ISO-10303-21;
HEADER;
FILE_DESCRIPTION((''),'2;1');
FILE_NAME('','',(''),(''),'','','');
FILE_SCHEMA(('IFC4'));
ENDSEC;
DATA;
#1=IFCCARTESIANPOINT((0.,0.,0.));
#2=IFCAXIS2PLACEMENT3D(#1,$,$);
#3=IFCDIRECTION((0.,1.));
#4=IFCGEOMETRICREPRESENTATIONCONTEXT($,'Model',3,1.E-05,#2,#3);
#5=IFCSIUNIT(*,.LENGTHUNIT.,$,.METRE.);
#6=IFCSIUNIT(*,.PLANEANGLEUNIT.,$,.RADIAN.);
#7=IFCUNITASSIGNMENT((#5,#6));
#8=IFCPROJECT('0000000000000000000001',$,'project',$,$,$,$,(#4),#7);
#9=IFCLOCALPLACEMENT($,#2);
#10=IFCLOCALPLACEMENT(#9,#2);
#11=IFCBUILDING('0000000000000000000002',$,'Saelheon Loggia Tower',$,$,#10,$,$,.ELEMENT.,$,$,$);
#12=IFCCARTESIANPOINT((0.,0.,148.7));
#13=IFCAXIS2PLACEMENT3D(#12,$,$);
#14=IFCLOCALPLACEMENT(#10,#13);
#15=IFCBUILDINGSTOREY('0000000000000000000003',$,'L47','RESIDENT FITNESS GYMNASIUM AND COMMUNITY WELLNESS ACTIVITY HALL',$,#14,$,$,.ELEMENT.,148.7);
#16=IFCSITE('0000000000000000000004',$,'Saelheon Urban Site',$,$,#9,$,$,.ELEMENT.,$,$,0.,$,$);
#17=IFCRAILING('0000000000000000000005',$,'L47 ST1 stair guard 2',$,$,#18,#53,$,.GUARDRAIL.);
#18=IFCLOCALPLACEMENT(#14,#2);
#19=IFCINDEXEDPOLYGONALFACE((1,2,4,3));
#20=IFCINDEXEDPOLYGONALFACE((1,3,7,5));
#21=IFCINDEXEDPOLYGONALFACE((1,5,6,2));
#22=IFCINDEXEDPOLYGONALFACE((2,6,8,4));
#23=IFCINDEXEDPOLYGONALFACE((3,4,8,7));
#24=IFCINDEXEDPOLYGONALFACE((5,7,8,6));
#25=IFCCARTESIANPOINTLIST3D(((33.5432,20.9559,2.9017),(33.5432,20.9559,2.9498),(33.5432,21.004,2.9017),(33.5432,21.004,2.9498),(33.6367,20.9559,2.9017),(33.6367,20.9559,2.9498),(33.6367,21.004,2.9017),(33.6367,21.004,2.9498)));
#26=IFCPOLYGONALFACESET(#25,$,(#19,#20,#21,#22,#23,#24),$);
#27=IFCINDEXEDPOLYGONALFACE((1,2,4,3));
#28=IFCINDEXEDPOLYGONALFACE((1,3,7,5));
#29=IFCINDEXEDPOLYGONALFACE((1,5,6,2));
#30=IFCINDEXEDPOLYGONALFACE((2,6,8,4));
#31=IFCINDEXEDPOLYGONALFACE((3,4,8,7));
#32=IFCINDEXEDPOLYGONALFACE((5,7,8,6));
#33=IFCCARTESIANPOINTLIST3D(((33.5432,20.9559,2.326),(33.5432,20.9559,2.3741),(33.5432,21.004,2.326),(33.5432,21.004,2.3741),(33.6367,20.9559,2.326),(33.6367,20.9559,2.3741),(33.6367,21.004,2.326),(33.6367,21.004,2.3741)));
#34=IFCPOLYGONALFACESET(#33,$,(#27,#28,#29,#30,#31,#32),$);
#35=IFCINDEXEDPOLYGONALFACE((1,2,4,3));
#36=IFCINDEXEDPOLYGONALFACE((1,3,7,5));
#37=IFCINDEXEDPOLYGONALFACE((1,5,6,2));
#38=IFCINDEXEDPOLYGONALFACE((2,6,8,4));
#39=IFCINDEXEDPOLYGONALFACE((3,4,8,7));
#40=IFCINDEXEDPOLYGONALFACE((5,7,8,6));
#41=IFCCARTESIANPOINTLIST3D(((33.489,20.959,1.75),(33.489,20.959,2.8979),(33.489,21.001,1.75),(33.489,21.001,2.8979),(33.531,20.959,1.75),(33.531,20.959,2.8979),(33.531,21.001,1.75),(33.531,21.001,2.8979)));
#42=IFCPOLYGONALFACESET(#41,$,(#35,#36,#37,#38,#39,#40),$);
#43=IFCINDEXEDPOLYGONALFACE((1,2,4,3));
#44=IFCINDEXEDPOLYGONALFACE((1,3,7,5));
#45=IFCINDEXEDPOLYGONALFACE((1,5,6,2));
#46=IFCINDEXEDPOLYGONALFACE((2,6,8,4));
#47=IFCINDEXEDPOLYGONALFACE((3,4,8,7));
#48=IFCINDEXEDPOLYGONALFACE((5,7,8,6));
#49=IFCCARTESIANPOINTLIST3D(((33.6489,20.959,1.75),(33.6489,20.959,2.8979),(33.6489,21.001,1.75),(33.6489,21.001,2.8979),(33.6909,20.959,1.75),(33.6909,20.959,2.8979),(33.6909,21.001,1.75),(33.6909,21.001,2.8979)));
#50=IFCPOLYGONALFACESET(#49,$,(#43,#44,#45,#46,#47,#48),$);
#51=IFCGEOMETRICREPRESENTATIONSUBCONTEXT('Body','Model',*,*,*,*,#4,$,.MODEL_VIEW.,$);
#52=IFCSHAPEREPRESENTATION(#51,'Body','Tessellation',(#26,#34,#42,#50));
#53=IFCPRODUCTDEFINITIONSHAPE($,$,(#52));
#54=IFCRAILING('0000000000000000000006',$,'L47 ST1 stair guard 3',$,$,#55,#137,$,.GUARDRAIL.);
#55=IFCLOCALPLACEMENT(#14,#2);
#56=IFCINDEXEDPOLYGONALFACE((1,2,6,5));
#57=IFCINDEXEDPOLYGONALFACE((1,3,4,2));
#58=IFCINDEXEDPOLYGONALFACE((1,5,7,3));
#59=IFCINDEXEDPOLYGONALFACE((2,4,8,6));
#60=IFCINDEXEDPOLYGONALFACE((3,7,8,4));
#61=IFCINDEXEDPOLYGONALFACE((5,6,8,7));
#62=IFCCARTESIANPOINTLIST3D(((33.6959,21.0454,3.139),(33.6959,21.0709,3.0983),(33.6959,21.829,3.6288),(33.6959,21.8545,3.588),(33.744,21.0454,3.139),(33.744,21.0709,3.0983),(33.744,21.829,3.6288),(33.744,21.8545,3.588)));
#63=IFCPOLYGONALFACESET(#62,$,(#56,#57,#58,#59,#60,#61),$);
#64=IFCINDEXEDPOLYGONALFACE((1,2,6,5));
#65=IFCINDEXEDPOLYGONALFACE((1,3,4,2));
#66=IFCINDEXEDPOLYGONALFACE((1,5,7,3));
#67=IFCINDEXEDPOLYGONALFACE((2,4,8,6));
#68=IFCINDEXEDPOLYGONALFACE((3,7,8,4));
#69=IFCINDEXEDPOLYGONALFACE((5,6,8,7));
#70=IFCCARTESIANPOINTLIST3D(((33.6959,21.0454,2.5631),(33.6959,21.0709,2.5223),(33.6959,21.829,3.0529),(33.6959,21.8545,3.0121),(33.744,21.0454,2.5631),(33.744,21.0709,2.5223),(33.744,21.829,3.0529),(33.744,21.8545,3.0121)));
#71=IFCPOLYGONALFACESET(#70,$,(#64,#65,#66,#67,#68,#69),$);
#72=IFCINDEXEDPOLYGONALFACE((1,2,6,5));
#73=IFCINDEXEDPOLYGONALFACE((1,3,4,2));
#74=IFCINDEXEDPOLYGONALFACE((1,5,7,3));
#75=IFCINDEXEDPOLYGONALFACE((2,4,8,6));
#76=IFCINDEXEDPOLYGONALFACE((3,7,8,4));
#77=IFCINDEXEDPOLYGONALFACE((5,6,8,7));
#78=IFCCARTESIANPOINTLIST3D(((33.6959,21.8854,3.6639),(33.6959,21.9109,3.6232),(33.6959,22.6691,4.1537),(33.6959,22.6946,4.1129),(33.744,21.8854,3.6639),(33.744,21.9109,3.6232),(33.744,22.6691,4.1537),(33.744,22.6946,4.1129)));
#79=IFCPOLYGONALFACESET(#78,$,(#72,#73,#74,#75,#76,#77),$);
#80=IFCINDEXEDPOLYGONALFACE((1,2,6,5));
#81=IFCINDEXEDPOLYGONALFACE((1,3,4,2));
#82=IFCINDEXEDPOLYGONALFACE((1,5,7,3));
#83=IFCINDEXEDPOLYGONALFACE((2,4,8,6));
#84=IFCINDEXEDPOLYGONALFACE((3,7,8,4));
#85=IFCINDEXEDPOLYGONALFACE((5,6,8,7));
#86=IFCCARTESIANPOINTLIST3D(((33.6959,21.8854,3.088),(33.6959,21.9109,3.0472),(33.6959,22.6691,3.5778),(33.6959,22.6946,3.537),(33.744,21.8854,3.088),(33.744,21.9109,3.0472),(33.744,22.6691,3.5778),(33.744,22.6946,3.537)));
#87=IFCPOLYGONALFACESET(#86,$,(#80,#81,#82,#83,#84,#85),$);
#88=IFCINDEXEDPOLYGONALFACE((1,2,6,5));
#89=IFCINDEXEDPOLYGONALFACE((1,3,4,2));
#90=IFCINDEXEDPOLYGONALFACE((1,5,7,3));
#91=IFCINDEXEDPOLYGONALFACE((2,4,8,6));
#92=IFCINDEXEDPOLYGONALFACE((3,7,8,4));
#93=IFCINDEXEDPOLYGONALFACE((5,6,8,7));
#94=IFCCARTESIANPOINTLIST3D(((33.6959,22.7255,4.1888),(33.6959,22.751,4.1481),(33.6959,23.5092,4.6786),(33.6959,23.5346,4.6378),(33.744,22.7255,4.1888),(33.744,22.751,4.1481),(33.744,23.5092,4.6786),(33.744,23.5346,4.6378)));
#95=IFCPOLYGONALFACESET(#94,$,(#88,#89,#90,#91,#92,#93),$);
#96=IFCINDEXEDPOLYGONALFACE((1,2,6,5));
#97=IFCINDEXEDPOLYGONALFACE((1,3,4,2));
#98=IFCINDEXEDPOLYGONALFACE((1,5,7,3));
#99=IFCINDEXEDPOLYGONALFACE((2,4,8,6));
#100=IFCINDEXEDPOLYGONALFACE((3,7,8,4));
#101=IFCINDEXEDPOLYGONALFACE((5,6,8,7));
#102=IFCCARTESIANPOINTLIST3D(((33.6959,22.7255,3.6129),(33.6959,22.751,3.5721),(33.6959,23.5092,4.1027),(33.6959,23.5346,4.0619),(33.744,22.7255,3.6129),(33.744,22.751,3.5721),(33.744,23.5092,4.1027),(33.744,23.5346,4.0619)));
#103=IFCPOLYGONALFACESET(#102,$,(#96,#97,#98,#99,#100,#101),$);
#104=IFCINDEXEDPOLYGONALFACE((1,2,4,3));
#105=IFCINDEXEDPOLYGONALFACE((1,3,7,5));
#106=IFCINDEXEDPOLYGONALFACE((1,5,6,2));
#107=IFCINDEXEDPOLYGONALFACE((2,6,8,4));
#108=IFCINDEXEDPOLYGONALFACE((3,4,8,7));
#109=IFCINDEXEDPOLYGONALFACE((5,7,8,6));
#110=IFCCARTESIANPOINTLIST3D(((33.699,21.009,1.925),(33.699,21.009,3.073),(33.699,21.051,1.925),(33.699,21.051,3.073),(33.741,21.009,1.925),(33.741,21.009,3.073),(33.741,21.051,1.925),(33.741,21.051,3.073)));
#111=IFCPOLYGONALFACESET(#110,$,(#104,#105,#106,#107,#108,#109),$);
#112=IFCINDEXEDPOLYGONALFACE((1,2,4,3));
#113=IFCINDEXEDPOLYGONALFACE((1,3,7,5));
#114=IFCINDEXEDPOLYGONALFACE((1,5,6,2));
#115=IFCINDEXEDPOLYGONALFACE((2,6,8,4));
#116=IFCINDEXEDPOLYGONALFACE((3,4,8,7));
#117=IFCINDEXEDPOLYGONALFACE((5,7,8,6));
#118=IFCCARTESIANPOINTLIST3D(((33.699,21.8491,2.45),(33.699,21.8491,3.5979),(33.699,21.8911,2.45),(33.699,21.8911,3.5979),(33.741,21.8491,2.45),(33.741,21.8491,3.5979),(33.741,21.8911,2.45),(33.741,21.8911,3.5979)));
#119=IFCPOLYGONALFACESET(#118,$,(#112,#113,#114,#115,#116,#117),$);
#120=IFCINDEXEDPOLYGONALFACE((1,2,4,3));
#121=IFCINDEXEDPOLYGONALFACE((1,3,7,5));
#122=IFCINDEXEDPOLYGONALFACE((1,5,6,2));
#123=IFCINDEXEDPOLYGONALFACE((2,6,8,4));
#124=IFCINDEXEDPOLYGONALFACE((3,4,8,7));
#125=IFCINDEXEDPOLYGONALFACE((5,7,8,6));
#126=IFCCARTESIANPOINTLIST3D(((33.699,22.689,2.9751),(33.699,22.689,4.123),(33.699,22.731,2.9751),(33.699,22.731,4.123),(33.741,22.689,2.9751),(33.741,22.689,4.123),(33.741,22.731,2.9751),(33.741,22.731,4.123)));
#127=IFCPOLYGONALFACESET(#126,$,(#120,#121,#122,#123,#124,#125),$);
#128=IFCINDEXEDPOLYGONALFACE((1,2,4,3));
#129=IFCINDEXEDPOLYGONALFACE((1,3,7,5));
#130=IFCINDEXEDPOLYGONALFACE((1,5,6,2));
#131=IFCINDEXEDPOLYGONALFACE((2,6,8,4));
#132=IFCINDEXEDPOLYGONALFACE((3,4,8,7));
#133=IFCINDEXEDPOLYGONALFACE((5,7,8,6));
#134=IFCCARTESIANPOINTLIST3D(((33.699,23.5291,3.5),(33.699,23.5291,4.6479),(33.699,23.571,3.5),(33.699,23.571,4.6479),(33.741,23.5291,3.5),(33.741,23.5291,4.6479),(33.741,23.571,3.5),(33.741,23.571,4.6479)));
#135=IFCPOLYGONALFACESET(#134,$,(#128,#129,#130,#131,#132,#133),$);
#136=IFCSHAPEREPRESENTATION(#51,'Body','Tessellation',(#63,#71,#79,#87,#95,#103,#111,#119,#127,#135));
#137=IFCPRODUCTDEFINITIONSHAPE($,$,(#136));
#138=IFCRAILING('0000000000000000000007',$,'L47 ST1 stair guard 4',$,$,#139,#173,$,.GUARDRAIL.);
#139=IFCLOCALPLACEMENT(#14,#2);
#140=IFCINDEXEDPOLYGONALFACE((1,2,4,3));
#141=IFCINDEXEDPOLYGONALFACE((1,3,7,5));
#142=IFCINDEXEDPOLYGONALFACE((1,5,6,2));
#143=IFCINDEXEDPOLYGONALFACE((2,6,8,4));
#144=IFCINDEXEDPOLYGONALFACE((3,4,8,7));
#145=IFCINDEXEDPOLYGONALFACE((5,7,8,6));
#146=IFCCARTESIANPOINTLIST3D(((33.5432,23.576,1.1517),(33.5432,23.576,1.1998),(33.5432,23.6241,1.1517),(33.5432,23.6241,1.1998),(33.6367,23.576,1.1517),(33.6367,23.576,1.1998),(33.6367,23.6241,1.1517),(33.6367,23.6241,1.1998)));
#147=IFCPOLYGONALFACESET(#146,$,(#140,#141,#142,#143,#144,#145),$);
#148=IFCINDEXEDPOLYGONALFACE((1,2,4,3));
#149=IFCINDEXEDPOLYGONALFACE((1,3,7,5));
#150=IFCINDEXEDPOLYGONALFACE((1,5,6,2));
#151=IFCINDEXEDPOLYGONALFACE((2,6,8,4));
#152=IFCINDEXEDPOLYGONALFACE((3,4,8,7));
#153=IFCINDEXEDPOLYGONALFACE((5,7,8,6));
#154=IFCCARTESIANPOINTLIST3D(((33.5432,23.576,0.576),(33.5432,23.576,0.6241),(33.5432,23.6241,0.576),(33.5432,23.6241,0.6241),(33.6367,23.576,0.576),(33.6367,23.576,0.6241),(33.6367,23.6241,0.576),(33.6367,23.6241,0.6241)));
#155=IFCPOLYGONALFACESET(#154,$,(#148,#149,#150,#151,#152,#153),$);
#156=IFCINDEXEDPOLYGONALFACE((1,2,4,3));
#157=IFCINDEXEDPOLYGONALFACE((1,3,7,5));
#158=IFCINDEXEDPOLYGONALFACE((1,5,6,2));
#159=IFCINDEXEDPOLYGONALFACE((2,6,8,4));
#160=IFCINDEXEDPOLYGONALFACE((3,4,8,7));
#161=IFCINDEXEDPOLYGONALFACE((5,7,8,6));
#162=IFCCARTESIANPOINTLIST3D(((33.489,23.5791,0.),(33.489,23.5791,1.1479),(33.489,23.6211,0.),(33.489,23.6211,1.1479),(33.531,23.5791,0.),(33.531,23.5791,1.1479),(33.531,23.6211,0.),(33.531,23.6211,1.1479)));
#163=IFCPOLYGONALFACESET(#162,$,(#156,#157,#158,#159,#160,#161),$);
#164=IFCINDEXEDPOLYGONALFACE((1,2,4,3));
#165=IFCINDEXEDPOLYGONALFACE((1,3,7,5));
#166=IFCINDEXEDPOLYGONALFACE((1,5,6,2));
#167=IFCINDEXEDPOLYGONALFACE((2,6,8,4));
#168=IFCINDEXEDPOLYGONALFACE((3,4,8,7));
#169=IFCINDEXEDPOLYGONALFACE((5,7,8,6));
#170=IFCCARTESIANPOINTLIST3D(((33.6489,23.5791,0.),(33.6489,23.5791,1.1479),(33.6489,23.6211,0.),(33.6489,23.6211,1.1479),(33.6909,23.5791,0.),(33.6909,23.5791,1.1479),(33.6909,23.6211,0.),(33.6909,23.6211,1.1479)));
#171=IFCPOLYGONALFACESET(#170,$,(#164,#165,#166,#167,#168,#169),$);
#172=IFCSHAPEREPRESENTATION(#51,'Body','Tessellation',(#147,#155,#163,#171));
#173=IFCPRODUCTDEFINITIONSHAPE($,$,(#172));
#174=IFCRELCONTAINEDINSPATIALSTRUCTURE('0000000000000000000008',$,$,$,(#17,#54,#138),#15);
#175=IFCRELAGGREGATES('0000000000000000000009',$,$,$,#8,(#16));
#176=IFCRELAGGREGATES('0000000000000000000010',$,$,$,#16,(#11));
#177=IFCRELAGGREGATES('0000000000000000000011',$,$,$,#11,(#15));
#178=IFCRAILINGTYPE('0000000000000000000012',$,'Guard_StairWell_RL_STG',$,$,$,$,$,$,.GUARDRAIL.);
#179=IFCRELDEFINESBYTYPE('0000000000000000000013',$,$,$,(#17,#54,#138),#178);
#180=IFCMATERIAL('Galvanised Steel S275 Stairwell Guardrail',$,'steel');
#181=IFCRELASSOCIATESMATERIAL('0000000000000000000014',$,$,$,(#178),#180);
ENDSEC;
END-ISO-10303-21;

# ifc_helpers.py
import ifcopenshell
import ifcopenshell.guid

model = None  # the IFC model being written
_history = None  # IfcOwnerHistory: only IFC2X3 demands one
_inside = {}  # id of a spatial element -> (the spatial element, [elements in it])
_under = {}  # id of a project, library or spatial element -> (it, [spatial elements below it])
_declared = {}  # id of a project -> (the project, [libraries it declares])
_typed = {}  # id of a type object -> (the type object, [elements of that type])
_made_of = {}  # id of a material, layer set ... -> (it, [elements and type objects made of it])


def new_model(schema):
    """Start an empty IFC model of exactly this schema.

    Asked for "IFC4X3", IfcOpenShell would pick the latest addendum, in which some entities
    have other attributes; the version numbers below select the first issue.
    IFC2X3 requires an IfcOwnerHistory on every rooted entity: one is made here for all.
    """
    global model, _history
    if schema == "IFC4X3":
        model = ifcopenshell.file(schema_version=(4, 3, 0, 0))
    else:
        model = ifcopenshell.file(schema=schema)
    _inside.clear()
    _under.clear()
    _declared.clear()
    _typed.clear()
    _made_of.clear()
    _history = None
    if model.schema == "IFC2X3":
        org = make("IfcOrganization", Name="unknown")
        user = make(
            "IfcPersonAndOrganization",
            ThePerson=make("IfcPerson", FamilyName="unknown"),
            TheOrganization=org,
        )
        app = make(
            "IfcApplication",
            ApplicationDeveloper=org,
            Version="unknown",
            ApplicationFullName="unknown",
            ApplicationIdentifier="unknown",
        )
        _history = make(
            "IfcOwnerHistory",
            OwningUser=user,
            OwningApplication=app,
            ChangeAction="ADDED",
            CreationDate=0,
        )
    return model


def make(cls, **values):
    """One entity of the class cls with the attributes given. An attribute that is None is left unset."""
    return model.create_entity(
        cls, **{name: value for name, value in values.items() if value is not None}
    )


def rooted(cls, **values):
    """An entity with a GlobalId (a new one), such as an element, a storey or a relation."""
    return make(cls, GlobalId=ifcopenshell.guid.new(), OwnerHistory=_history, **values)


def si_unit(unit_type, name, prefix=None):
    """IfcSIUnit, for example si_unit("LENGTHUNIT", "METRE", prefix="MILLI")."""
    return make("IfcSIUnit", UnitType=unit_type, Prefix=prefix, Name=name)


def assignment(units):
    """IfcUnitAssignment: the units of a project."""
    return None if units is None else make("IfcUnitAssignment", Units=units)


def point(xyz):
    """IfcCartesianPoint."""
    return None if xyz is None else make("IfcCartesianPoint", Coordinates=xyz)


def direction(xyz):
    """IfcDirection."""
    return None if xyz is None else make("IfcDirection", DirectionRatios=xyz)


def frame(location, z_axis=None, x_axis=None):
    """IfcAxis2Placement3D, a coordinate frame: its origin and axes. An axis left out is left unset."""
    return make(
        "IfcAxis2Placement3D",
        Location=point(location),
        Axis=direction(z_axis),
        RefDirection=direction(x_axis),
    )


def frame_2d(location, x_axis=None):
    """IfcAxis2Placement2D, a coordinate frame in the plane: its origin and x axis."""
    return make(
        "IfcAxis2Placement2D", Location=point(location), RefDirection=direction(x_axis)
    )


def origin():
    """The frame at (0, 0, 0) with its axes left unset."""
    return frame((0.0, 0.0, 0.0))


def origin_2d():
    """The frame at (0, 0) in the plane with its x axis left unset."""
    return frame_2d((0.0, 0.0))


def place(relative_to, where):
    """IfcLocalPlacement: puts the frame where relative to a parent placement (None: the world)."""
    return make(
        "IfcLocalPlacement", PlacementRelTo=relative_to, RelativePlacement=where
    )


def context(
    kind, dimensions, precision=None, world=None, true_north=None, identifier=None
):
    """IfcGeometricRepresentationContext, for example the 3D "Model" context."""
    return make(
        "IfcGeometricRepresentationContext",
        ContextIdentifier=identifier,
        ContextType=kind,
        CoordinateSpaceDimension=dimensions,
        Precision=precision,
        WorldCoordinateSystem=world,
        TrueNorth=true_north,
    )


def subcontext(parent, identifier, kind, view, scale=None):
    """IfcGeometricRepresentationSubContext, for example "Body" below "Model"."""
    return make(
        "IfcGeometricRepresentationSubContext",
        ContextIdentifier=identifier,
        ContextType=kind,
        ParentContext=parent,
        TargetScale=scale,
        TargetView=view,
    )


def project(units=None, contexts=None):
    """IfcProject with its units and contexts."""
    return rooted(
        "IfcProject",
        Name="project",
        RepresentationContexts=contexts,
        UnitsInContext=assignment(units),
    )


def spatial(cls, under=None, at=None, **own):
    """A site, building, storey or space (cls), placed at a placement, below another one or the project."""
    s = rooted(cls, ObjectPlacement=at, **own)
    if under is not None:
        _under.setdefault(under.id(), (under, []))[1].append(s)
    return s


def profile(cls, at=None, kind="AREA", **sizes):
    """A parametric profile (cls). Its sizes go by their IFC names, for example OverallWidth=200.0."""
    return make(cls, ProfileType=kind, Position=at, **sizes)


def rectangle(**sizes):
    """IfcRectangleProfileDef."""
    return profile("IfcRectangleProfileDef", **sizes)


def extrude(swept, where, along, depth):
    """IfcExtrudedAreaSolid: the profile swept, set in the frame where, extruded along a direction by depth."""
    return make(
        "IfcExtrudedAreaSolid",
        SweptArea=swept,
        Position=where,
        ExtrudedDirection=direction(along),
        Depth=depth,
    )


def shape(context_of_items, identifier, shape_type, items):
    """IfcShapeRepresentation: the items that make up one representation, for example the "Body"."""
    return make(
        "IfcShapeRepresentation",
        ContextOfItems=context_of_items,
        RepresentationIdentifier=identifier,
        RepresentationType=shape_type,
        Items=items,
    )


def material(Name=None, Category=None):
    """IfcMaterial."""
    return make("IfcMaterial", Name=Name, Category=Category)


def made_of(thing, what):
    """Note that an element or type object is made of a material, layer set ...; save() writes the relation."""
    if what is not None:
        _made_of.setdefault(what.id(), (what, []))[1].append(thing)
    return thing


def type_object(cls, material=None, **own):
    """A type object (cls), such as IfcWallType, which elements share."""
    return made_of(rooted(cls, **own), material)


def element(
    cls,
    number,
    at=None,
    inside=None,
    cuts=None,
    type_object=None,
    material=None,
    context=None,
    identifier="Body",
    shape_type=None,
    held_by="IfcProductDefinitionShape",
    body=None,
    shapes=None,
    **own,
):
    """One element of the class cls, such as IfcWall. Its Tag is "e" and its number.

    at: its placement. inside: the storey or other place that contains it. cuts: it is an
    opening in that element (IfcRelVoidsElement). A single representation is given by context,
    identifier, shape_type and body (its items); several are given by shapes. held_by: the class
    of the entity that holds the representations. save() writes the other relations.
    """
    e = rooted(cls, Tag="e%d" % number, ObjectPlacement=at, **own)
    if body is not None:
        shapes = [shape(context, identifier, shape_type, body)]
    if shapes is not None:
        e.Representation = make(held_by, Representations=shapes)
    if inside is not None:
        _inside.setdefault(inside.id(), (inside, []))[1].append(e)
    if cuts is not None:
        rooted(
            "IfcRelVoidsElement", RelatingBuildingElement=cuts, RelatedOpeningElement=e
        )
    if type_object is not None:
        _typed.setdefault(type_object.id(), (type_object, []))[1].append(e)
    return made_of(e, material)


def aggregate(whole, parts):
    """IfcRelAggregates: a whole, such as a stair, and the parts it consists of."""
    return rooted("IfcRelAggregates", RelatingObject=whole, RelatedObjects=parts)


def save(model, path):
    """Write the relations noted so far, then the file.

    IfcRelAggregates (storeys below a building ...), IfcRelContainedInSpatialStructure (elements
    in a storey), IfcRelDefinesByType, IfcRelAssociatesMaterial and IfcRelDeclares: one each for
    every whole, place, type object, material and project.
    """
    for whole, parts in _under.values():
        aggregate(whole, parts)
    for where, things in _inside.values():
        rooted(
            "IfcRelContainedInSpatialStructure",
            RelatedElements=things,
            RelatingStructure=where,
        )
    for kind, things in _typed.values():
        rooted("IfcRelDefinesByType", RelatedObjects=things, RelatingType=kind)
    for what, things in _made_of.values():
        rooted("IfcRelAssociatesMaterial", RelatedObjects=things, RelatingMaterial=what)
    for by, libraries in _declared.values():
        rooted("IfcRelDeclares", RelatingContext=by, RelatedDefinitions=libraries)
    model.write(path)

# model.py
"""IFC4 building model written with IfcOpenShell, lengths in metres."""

from ifc_helpers import new_model, si_unit, direction, frame, origin, origin_2d, place, context, subcontext, project, spatial, rectangle, extrude, material, type_object, element, save


model = new_model("IFC4")

# Units and contexts
model_context = context("Model", 3, precision=1e-05, world=origin(), true_north=direction((0.0, 1.0)))
body_context = subcontext(model_context, "Body", "Model", "MODEL_VIEW")
ifc_project = project(units=[si_unit("LENGTHUNIT", "METRE"), si_unit("PLANEANGLEUNIT", "RADIAN")], contexts=[model_context])

# Site, building, storey
site_placement = place(None, origin())
site = spatial("IfcSite", under=ifc_project, at=site_placement, Name="Saelheon Urban Site", CompositionType="ELEMENT", RefElevation=0.0)
building_placement = place(site_placement, origin())
building = spatial("IfcBuilding", under=site, at=building_placement, Name="Saelheon Loggia Tower", CompositionType="ELEMENT")
storey_placement = place(building_placement, frame((0.0, 0.0, 148.7)))
storey = spatial("IfcBuildingStorey", under=building, at=storey_placement, Name="L47", Description="RESIDENT FITNESS GYMNASIUM AND COMMUNITY WELLNESS ACTIVITY HALL", CompositionType="ELEMENT", Elevation=148.7)

# Railings
ifc_material_1 = material(Name="Galvanised Steel S275 Stairwell Guardrail", Category="steel")
railing_type_1 = type_object("IfcRailingType", Name="Guard_StairWell_RL_STG", PredefinedType="GUARDRAIL", material=ifc_material_1)
railing_1_placement = place(storey_placement, frame((33.51, 20.98, 1.75)))
element("IfcRailing", 1, at=railing_1_placement, inside=storey, type_object=railing_type_1, Name="L47 ST1 stair guard 2", PredefinedType="GUARDRAIL", context=body_context, shape_type="SweptSolid", body=[
    extrude(rectangle(XDim=0.0481, YDim=0.0481, at=origin_2d()), frame((0.0332, 0.0, 1.1758), z_axis=(1.0, 0.0, 0.0), x_axis=(0.0, 1.0, 0.0)), (0.0, 0.0, 1.0), 0.0935),
    extrude(rectangle(XDim=0.0481, YDim=0.0481, at=origin_2d()), frame((0.0332, 0.0, 0.6001), z_axis=(1.0, 0.0, 0.0), x_axis=(0.0, 1.0, 0.0)), (0.0, 0.0, 1.0), 0.0935),
    extrude(rectangle(XDim=0.042, YDim=0.042, at=origin_2d()), origin(), (0.0, 0.0, 1.0), 1.1479),
    extrude(rectangle(XDim=0.042, YDim=0.042, at=origin_2d()), frame((0.1599, 0.0, 0.0)), (0.0, 0.0, 1.0), 1.1479),
])
railing_2_placement = place(storey_placement, frame((33.72, 21.03, 1.925)))
element("IfcRailing", 2, at=railing_2_placement, inside=storey, type_object=railing_type_1, Name="L47 ST1 stair guard 3", PredefinedType="GUARDRAIL", context=body_context, shape_type="SweptSolid", body=[
    extrude(rectangle(XDim=0.0481, YDim=0.0481, at=origin_2d()), frame((0.0, 0.0281, 1.1936), z_axis=(0.0, 0.848008, 0.529984), x_axis=(-1.0, 0.0, 0.0)), (0.0, 0.0, 1.0), 0.9241),
    extrude(rectangle(XDim=0.0481, YDim=0.0481, at=origin_2d()), frame((0.0, 0.0281, 0.6177), z_axis=(0.0, 0.848008, 0.529984), x_axis=(-1.0, 0.0, 0.0)), (0.0, 0.0, 1.0), 0.9241),
    extrude(rectangle(XDim=0.0481, YDim=0.0481, at=origin_2d()), frame((0.0, 0.8682, 1.7185), z_axis=(0.0, 0.848008, 0.529984), x_axis=(-1.0, 0.0, 0.0)), (0.0, 0.0, 1.0), 0.9241),
    extrude(rectangle(XDim=0.0481, YDim=0.0481, at=origin_2d()), frame((0.0, 0.8682, 1.1426), z_axis=(0.0, 0.848008, 0.529984), x_axis=(-1.0, 0.0, 0.0)), (0.0, 0.0, 1.0), 0.9241),
    extrude(rectangle(XDim=0.0481, YDim=0.0481, at=origin_2d()), frame((0.0, 1.7083, 2.2434), z_axis=(0.0, 0.848008, 0.529984), x_axis=(-1.0, 0.0, 0.0)), (0.0, 0.0, 1.0), 0.9241),
    extrude(rectangle(XDim=0.0481, YDim=0.0481, at=origin_2d()), frame((0.0, 1.7083, 1.6675), z_axis=(0.0, 0.848008, 0.529984), x_axis=(-1.0, 0.0, 0.0)), (0.0, 0.0, 1.0), 0.9241),
    extrude(rectangle(XDim=0.042, YDim=0.042, at=origin_2d()), origin(), (0.0, 0.0, 1.0), 1.1479),
    extrude(rectangle(XDim=0.042, YDim=0.042, at=origin_2d()), frame((0.0, 0.8401, 0.5249)), (0.0, 0.0, 1.0), 1.1479),
    extrude(rectangle(XDim=0.042, YDim=0.042, at=origin_2d()), frame((0.0, 1.6799, 1.05)), (0.0, 0.0, 1.0), 1.1479),
    extrude(rectangle(XDim=0.042, YDim=0.042, at=origin_2d()), frame((0.0, 2.52, 1.575)), (0.0, 0.0, 1.0), 1.1479),
])
railing_3_placement = place(storey_placement, frame((33.51, 23.6001, 0.0)))
element("IfcRailing", 3, at=railing_3_placement, inside=storey, type_object=railing_type_1, Name="L47 ST1 stair guard 4", PredefinedType="GUARDRAIL", context=body_context, shape_type="SweptSolid", body=[
    extrude(rectangle(XDim=0.0481, YDim=0.0481, at=origin_2d()), frame((0.0332, 0.0, 1.1758), z_axis=(1.0, 0.0, 0.0), x_axis=(0.0, 1.0, 0.0)), (0.0, 0.0, 1.0), 0.0935),
    extrude(rectangle(XDim=0.0481, YDim=0.0481, at=origin_2d()), frame((0.0332, 0.0, 0.6001), z_axis=(1.0, 0.0, 0.0), x_axis=(0.0, 1.0, 0.0)), (0.0, 0.0, 1.0), 0.0935),
    extrude(rectangle(XDim=0.042, YDim=0.042, at=origin_2d()), origin(), (0.0, 0.0, 1.0), 1.1479),
    extrude(rectangle(XDim=0.042, YDim=0.042, at=origin_2d()), frame((0.1599, 0.0, 0.0)), (0.0, 0.0, 1.0), 1.1479),
])

save(model, "model.ifc")
